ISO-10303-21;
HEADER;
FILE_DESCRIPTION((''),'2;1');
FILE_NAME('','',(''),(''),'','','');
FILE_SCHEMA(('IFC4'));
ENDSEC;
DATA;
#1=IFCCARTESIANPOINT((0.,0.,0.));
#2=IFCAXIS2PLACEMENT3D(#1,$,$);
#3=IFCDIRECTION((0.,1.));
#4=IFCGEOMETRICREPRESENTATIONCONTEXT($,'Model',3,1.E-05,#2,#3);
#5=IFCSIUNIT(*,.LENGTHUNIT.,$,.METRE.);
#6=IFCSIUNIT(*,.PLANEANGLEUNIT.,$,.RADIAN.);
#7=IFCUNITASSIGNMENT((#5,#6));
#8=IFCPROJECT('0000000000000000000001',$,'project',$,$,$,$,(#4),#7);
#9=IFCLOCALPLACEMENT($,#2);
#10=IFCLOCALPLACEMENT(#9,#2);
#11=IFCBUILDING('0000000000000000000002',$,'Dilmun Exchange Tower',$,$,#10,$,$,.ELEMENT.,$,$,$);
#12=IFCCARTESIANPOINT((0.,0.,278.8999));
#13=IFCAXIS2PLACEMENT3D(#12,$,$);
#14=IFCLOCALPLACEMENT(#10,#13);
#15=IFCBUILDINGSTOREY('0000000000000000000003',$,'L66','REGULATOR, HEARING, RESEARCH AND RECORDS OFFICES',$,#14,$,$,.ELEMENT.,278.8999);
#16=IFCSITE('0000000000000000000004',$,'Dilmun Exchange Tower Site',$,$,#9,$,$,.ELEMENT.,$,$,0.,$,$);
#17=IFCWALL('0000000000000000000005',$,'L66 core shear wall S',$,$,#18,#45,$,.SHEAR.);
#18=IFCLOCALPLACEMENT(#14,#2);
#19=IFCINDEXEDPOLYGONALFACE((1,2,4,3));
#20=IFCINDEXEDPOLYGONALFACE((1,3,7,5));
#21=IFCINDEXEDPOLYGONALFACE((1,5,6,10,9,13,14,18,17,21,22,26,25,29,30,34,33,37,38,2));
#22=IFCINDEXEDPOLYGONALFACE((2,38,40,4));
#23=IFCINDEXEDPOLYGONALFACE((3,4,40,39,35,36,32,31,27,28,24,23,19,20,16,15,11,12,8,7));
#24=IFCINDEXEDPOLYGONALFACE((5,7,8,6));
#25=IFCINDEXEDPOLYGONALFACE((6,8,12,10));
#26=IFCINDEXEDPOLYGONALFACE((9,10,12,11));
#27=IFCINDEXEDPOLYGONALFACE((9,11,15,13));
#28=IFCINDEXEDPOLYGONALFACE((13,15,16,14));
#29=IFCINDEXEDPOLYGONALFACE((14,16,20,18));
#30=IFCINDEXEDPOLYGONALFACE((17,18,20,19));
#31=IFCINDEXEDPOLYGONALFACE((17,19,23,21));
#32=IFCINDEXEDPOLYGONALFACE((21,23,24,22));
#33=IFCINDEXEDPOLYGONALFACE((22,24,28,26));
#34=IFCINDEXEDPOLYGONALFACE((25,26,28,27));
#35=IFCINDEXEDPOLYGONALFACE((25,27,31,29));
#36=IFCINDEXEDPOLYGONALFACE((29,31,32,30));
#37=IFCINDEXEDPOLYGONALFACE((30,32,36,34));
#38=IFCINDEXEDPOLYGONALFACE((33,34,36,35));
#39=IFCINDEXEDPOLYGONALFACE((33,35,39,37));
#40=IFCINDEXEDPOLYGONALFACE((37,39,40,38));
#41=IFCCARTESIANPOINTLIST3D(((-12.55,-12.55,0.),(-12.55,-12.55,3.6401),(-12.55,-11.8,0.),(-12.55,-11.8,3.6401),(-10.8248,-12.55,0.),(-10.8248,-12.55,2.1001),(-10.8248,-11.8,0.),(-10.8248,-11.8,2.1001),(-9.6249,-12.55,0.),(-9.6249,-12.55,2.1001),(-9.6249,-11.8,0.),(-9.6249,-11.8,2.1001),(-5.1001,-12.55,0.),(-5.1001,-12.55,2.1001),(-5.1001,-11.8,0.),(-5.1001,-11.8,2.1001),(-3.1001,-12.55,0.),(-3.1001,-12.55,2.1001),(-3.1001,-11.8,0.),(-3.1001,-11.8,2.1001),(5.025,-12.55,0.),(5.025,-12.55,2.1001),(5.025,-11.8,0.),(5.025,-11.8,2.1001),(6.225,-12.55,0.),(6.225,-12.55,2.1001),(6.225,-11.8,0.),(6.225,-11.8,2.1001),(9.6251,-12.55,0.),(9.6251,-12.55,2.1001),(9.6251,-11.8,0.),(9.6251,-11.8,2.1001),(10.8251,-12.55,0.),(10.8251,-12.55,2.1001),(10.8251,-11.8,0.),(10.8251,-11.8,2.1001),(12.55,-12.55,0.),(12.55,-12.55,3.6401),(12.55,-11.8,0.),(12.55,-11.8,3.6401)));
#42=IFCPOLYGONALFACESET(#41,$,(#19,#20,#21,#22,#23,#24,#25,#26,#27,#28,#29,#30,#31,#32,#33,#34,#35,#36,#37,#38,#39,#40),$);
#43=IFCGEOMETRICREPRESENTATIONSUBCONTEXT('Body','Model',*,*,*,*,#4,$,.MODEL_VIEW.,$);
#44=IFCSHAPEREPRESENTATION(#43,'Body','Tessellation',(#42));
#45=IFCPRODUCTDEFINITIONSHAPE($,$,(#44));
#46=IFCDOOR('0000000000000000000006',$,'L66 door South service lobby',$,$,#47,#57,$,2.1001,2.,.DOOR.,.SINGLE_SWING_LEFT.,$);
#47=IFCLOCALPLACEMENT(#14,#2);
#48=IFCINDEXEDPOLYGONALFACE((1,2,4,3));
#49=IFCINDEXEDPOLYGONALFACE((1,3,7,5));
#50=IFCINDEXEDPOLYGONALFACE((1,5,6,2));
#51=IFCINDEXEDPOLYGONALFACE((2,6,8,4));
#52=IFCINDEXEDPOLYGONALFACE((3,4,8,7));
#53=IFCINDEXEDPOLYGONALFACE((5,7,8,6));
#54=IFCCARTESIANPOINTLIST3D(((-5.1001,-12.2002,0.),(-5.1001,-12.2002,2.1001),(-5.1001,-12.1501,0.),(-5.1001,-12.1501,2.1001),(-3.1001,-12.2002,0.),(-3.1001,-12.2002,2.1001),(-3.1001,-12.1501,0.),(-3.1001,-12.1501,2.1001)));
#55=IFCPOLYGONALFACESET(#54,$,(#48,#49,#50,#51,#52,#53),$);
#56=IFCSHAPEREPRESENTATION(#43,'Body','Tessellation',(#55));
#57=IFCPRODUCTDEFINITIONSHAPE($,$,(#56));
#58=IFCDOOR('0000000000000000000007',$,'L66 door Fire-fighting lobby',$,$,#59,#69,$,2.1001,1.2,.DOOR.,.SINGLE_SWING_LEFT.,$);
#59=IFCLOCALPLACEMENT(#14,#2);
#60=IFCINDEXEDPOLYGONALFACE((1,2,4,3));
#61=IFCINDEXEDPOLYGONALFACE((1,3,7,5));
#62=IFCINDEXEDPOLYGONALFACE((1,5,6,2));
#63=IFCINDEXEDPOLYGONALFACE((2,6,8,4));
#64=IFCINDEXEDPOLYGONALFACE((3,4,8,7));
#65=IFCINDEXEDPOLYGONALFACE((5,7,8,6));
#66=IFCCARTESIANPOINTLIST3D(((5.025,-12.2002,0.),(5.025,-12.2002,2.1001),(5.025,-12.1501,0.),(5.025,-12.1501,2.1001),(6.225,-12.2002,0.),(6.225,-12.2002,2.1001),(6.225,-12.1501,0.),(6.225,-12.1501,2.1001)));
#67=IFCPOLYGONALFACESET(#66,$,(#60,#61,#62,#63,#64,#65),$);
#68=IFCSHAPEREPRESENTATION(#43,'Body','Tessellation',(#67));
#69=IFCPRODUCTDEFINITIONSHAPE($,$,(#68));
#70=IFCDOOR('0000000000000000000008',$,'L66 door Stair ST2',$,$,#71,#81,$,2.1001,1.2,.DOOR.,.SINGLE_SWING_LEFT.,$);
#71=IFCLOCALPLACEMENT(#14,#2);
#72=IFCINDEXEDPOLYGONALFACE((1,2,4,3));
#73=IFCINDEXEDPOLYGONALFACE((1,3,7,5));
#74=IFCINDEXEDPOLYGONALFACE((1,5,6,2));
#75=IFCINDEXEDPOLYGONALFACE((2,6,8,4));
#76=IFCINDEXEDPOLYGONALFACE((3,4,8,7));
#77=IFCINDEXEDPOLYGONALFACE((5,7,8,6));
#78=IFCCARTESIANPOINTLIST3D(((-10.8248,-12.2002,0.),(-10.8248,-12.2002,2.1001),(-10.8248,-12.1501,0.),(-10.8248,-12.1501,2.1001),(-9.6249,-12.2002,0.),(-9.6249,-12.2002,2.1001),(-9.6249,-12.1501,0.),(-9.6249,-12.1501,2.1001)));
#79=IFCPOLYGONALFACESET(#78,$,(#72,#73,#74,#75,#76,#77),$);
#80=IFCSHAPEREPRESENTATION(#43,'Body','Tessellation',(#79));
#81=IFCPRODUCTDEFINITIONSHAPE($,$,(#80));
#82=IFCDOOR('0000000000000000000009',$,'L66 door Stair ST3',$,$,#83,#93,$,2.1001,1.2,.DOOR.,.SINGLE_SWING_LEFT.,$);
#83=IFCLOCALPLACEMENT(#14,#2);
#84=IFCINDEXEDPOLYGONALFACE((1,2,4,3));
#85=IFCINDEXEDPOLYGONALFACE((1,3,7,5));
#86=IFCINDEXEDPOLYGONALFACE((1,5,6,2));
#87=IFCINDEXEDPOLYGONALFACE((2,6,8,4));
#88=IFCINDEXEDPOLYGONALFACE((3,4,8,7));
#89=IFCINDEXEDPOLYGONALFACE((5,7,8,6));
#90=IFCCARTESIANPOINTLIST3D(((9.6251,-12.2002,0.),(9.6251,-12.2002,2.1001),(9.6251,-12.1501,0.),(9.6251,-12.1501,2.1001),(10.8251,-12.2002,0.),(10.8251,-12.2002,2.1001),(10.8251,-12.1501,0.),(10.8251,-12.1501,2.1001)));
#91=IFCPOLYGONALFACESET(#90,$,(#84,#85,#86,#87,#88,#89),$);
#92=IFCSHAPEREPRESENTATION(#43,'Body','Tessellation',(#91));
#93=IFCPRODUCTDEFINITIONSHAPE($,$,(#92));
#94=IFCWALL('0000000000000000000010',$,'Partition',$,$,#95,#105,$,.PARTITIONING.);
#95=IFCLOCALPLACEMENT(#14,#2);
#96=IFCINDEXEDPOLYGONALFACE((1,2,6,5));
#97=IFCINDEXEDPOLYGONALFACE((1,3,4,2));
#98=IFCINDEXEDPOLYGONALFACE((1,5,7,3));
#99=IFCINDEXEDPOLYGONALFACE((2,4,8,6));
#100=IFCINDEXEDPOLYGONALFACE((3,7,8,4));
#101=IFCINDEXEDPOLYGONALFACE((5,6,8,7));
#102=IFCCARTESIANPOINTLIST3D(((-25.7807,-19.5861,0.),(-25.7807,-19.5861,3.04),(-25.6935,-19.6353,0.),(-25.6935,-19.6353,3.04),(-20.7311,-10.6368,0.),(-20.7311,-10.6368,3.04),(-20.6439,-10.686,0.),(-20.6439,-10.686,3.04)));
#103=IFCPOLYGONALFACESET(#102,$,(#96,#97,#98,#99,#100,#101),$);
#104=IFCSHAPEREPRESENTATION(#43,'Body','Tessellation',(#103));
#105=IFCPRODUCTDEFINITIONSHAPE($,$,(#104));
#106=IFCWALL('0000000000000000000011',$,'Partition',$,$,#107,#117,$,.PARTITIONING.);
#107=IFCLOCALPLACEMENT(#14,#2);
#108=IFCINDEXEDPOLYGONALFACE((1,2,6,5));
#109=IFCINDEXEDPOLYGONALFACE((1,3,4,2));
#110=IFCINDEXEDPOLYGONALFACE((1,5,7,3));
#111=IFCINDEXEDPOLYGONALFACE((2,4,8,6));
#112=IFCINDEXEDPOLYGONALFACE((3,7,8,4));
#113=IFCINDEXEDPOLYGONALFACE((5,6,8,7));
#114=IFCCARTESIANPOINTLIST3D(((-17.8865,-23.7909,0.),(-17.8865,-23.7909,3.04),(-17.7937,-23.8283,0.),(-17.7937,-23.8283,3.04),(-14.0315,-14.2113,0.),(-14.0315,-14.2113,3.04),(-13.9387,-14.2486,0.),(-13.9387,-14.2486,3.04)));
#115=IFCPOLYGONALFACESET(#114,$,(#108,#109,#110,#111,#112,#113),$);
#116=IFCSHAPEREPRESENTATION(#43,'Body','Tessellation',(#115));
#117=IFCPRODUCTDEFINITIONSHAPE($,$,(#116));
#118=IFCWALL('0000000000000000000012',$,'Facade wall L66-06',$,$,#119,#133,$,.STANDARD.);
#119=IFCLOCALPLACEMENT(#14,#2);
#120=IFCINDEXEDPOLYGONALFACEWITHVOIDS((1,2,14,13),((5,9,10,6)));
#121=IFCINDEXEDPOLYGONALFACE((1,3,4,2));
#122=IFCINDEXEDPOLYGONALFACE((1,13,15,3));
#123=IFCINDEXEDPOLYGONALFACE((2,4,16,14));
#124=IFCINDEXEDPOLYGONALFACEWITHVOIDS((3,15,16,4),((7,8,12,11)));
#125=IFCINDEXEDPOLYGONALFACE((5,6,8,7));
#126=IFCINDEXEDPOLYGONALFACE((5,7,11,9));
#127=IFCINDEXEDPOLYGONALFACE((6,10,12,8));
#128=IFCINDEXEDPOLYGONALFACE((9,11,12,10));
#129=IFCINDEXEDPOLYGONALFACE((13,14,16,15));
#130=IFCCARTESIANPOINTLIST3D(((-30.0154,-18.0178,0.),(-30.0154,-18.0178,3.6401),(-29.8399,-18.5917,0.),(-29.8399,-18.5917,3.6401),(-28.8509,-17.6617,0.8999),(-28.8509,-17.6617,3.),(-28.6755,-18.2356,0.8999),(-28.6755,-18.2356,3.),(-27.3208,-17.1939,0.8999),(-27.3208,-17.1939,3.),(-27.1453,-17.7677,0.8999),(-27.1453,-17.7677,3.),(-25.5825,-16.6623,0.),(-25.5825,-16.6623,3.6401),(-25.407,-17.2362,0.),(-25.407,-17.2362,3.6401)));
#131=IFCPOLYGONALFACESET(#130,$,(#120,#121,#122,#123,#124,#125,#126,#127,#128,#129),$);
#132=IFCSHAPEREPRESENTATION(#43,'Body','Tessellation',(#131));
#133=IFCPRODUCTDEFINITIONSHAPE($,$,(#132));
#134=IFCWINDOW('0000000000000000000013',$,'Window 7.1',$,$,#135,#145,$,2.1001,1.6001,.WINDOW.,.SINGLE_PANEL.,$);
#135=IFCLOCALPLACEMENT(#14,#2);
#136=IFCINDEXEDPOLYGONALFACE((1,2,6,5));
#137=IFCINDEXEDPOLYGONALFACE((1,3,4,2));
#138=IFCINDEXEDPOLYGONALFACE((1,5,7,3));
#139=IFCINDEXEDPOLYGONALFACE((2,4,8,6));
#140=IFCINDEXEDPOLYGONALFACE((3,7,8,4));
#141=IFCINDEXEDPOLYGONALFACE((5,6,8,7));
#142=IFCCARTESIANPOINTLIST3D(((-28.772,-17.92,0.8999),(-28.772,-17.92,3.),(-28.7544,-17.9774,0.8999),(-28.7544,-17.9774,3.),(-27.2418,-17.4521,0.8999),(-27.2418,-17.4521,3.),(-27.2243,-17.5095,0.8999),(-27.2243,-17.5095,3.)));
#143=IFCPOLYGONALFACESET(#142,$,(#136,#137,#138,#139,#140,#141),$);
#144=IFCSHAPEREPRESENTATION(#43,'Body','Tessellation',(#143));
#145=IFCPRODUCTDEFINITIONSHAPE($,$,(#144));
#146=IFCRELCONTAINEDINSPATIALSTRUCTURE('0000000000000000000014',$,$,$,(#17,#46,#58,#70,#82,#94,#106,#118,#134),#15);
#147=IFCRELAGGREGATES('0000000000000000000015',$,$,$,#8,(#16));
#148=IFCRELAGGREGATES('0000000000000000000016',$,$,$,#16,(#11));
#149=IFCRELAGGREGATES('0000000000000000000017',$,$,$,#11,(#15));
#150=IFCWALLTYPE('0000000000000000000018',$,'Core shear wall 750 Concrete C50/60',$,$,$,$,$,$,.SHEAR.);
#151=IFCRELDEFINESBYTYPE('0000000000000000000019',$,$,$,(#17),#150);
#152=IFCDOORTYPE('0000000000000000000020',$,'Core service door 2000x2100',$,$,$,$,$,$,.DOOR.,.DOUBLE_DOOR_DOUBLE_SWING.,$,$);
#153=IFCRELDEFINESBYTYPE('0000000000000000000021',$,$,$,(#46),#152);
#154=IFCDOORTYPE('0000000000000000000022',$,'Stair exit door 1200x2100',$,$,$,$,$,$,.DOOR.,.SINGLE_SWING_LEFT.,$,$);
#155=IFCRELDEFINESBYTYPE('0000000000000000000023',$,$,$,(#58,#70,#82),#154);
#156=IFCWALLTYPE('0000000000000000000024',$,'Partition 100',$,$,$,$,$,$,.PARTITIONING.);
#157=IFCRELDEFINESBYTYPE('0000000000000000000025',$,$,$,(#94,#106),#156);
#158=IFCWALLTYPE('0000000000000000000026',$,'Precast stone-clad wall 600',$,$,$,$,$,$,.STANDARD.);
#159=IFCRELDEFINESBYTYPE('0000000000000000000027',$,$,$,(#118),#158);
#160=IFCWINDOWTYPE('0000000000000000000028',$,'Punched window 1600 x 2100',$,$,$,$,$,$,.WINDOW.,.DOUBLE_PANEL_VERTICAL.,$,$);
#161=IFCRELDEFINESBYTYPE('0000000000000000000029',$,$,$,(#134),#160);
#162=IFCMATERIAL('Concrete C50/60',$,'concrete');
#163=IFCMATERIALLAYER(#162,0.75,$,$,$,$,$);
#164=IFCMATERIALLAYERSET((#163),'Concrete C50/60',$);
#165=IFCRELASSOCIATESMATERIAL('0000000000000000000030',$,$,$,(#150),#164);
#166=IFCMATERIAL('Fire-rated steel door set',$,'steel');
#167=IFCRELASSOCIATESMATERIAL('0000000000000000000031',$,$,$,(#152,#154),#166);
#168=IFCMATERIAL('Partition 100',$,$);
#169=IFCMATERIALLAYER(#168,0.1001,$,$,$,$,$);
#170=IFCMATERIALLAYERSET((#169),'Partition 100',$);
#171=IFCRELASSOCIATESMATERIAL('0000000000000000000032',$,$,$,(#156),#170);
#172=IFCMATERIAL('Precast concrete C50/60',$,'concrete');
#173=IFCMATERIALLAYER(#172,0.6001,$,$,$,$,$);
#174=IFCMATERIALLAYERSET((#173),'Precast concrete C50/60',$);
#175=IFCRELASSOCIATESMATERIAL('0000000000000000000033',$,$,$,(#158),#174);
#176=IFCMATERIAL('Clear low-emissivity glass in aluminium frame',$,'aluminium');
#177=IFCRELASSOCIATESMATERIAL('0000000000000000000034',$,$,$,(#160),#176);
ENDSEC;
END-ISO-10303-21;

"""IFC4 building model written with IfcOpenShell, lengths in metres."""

from ifc_helpers import new_model, si_unit, direction, frame, frame_2d, origin, place, context, subcontext, project, spatial, rectangle, extrude, material, layer, layer_set, type_object, element, fill, save


model = new_model("IFC4")

# Units and contexts
model_context = context("Model", 3, precision=1e-05, world=origin(), true_north=direction((0.0, 1.0)))
body_context = subcontext(model_context, "Body", "Model", "MODEL_VIEW")
ifc_project = project(units=[si_unit("LENGTHUNIT", "METRE"), si_unit("PLANEANGLEUNIT", "RADIAN")], contexts=[model_context])

# Site, building, storey
site_placement = place(None, origin())
site = spatial("IfcSite", under=ifc_project, at=site_placement, Name="Dilmun Exchange Tower Site", CompositionType="ELEMENT", RefElevation=0.0)
building_placement = place(site_placement, origin())
building = spatial("IfcBuilding", under=site, at=building_placement, Name="Dilmun Exchange Tower", CompositionType="ELEMENT")
storey_placement = place(building_placement, frame((0.0, 0.0, 278.8999)))
storey = spatial("IfcBuildingStorey", under=building, at=storey_placement, Name="L66", Description="REGULATOR, HEARING, RESEARCH AND RECORDS OFFICES", CompositionType="ELEMENT", Elevation=278.8999)

# Shared definitions
ifc_material_1 = material(Name="Concrete C50/60", Category="concrete")

# Wall, openings, doors
ifc_layer_1 = layer(ifc_material_1, 0.75)
ifc_layer_set_1 = layer_set([ifc_layer_1], Name="Concrete C50/60")
wall_type_1 = type_object("IfcWallType", Name="Core shear wall 750 Concrete C50/60", PredefinedType="SHEAR", material=ifc_layer_set_1)
wall_1_placement = place(storey_placement, frame((-12.55, -12.175, 0.0), z_axis=(0.0, 0.0, 1.0), x_axis=(1.0, 0.0, 0.0)))
wall_1 = element("IfcWall", 1, at=wall_1_placement, inside=storey, type_object=wall_type_1, Name="L66 core shear wall S", PredefinedType="SHEAR", context=body_context, shape_type="SweptSolid", body=[
    extrude(rectangle(XDim=25.1001, YDim=0.75, at=frame_2d((12.55, 0.0))), origin(), (0.0, 0.0, 1.0), 3.6401),
])
opening_1_placement = place(wall_1_placement, frame((7.45, 0.0, 0.0)))
opening_1 = element("IfcOpeningElement", 2, at=opening_1_placement, cuts=wall_1, PredefinedType="OPENING", context=body_context, shape_type="SweptSolid", body=[
    extrude(rectangle(XDim=2.0, YDim=2.1001, at=frame_2d((1.0, 1.05))), frame((0.0, 0.385, 0.0), z_axis=(0.0, -1.0, 0.0), x_axis=(1.0, 0.0, 0.0)), (0.0, 0.0, 1.0), 0.77),
])
opening_2_placement = place(wall_1_placement, frame((17.575, 0.0, 0.0)))
opening_2 = element("IfcOpeningElement", 3, at=opening_2_placement, cuts=wall_1, PredefinedType="OPENING", context=body_context, shape_type="SweptSolid", body=[
    extrude(rectangle(XDim=1.2, YDim=2.1001, at=frame_2d((0.6001, 1.05))), frame((0.0, 0.385, 0.0), z_axis=(0.0, -1.0, 0.0), x_axis=(1.0, 0.0, 0.0)), (0.0, 0.0, 1.0), 0.77),
])
opening_3_placement = place(wall_1_placement, frame((1.7251, 0.0, 0.0)))
opening_3 = element("IfcOpeningElement", 4, at=opening_3_placement, cuts=wall_1, PredefinedType="OPENING", context=body_context, shape_type="SweptSolid", body=[
    extrude(rectangle(XDim=1.2, YDim=2.1001, at=frame_2d((0.6001, 1.05))), frame((0.0, 0.385, 0.0), z_axis=(0.0, -1.0, 0.0), x_axis=(1.0, 0.0, 0.0)), (0.0, 0.0, 1.0), 0.77),
])
opening_4_placement = place(wall_1_placement, frame((22.175, 0.0, 0.0)))
opening_4 = element("IfcOpeningElement", 5, at=opening_4_placement, cuts=wall_1, PredefinedType="OPENING", context=body_context, shape_type="SweptSolid", body=[
    extrude(rectangle(XDim=1.2, YDim=2.1001, at=frame_2d((0.6001, 1.05))), frame((0.0, 0.385, 0.0), z_axis=(0.0, -1.0, 0.0), x_axis=(1.0, 0.0, 0.0)), (0.0, 0.0, 1.0), 0.77),
])
ifc_material_2 = material(Name="Fire-rated steel door set", Category="steel")
door_type_1 = type_object("IfcDoorType", Name="Core service door 2000x2100", OperationType="DOUBLE_DOOR_DOUBLE_SWING", PredefinedType="DOOR", material=ifc_material_2)
door_1_placement = place(opening_1_placement, origin())
door_1 = element("IfcDoor", 6, at=door_1_placement, inside=storey, type_object=door_type_1, Name="L66 door South service lobby", OperationType="SINGLE_SWING_LEFT", OverallHeight=2.1001, OverallWidth=2.0, PredefinedType="DOOR", context=body_context, shape_type="SweptSolid", body=[
    extrude(rectangle(XDim=2.0, YDim=2.1001, at=frame_2d((1.0, 1.05))), frame((0.0, 0.0249, 0.0), z_axis=(0.0, -1.0, 0.0), x_axis=(1.0, 0.0, 0.0)), (0.0, 0.0, 1.0), 0.05),
])
fill(opening_1, door_1)
door_type_2 = type_object("IfcDoorType", Name="Stair exit door 1200x2100", OperationType="SINGLE_SWING_LEFT", PredefinedType="DOOR", material=ifc_material_2)
door_2_placement = place(opening_2_placement, origin())
door_2 = element("IfcDoor", 7, at=door_2_placement, inside=storey, type_object=door_type_2, Name="L66 door Fire-fighting lobby", OperationType="SINGLE_SWING_LEFT", OverallHeight=2.1001, OverallWidth=1.2, PredefinedType="DOOR", context=body_context, shape_type="SweptSolid", body=[
    extrude(rectangle(XDim=1.2, YDim=2.1001, at=frame_2d((0.6001, 1.05))), frame((0.0, 0.0249, 0.0), z_axis=(0.0, -1.0, 0.0), x_axis=(1.0, 0.0, 0.0)), (0.0, 0.0, 1.0), 0.05),
])
fill(opening_2, door_2)
door_3_placement = place(opening_3_placement, origin())
door_3 = element("IfcDoor", 8, at=door_3_placement, inside=storey, type_object=door_type_2, Name="L66 door Stair ST2", OperationType="SINGLE_SWING_LEFT", OverallHeight=2.1001, OverallWidth=1.2, PredefinedType="DOOR", context=body_context, shape_type="SweptSolid", body=[
    extrude(rectangle(XDim=1.2, YDim=2.1001, at=frame_2d((0.6001, 1.05))), frame((0.0, 0.0249, 0.0), z_axis=(0.0, -1.0, 0.0), x_axis=(1.0, 0.0, 0.0)), (0.0, 0.0, 1.0), 0.05),
])
fill(opening_3, door_3)
door_4_placement = place(opening_4_placement, origin())
door_4 = element("IfcDoor", 9, at=door_4_placement, inside=storey, type_object=door_type_2, Name="L66 door Stair ST3", OperationType="SINGLE_SWING_LEFT", OverallHeight=2.1001, OverallWidth=1.2, PredefinedType="DOOR", context=body_context, shape_type="SweptSolid", body=[
    extrude(rectangle(XDim=1.2, YDim=2.1001, at=frame_2d((0.6001, 1.05))), frame((0.0, 0.0249, 0.0), z_axis=(0.0, -1.0, 0.0), x_axis=(1.0, 0.0, 0.0)), (0.0, 0.0, 1.0), 0.05),
])
fill(opening_4, door_4)

# Walls
ifc_material_3 = material(Name="Partition 100")
ifc_layer_2 = layer(ifc_material_3, 0.1001)
ifc_layer_set_2 = layer_set([ifc_layer_2], Name="Partition 100")
wall_type_2 = type_object("IfcWallType", Name="Partition 100", PredefinedType="PARTITIONING", material=ifc_layer_set_2)
wall_2_placement = place(storey_placement, frame((-25.7371, -19.6106, 0.0), z_axis=(0.0, 0.0, 1.0), x_axis=(0.491416, 0.870925, 0.0)))
element("IfcWall", 10, at=wall_2_placement, inside=storey, type_object=wall_type_2, Name="Partition", PredefinedType="PARTITIONING", context=body_context, shape_type="SweptSolid", body=[
    extrude(rectangle(XDim=10.2756, YDim=0.1001, at=frame_2d((5.1377, 0.0))), origin(), (0.0, 0.0, 1.0), 3.04),
])
wall_3_placement = place(storey_placement, frame((-17.8401, -23.8096, 0.0), z_axis=(0.0, 0.0, 1.0), x_axis=(0.373322, 0.927702, 0.0)))
element("IfcWall", 11, at=wall_3_placement, inside=storey, type_object=wall_type_2, Name="Partition", PredefinedType="PARTITIONING", context=body_context, shape_type="SweptSolid", body=[
    extrude(rectangle(XDim=10.3262, YDim=0.1001, at=frame_2d((5.1631, 0.0))), origin(), (0.0, 0.0, 1.0), 3.04),
])

# Wall, opening, window
ifc_material_4 = material(Name="Precast concrete C50/60", Category="concrete")
ifc_layer_3 = layer(ifc_material_4, 0.6001)
ifc_layer_set_3 = layer_set([ifc_layer_3], Name="Precast concrete C50/60")
wall_type_3 = type_object("IfcWallType", Name="Precast stone-clad wall 600", PredefinedType="STANDARD", material=ifc_layer_set_3)
wall_4_placement = place(storey_placement, frame((-25.4946, -16.9492, 0.0), z_axis=(0.0, 0.0, 1.0), x_axis=(-0.956292, -0.292413, 0.0)))
wall_4 = element("IfcWall", 12, at=wall_4_placement, inside=storey, type_object=wall_type_3, Name="Facade wall L66-06", PredefinedType="STANDARD", context=body_context, shape_type="SweptSolid", body=[
    extrude(rectangle(XDim=4.6355, YDim=0.6001, at=frame_2d((2.3179, 0.0))), origin(), (0.0, 0.0, 1.0), 3.6401),
])
opening_5_placement = place(wall_4_placement, frame((1.8179, 0.0, 0.8999)))
opening_5 = element("IfcOpeningElement", 13, at=opening_5_placement, cuts=wall_4, PredefinedType="OPENING", context=body_context, shape_type="SweptSolid", body=[
    extrude(rectangle(XDim=1.6001, YDim=2.1001, at=frame_2d((0.8, 1.05))), frame((0.0, 0.3101, 0.0), z_axis=(0.0, -1.0, 0.0), x_axis=(1.0, 0.0, 0.0)), (0.0, 0.0, 1.0), 0.6201),
])
ifc_material_5 = material(Name="Clear low-emissivity glass in aluminium frame", Category="aluminium")
window_type_1 = type_object("IfcWindowType", Name="Punched window 1600 x 2100", PartitioningType="DOUBLE_PANEL_VERTICAL", PredefinedType="WINDOW", material=ifc_material_5)
window_1_placement = place(opening_5_placement, origin())
window_1 = element("IfcWindow", 14, at=window_1_placement, inside=storey, type_object=window_type_1, Name="Window 7.1", OverallHeight=2.1001, OverallWidth=1.6001, PartitioningType="SINGLE_PANEL", PredefinedType="WINDOW", context=body_context, shape_type="SweptSolid", body=[
    extrude(rectangle(XDim=1.6001, YDim=2.1001, at=frame_2d((0.8, 1.05))), frame((0.0, 0.03, 0.0), z_axis=(0.0, -1.0, 0.0), x_axis=(1.0, 0.0, 0.0)), (0.0, 0.0, 1.0), 0.0601),
])
fill(opening_5, window_1)

save(model, "model.ifc")
